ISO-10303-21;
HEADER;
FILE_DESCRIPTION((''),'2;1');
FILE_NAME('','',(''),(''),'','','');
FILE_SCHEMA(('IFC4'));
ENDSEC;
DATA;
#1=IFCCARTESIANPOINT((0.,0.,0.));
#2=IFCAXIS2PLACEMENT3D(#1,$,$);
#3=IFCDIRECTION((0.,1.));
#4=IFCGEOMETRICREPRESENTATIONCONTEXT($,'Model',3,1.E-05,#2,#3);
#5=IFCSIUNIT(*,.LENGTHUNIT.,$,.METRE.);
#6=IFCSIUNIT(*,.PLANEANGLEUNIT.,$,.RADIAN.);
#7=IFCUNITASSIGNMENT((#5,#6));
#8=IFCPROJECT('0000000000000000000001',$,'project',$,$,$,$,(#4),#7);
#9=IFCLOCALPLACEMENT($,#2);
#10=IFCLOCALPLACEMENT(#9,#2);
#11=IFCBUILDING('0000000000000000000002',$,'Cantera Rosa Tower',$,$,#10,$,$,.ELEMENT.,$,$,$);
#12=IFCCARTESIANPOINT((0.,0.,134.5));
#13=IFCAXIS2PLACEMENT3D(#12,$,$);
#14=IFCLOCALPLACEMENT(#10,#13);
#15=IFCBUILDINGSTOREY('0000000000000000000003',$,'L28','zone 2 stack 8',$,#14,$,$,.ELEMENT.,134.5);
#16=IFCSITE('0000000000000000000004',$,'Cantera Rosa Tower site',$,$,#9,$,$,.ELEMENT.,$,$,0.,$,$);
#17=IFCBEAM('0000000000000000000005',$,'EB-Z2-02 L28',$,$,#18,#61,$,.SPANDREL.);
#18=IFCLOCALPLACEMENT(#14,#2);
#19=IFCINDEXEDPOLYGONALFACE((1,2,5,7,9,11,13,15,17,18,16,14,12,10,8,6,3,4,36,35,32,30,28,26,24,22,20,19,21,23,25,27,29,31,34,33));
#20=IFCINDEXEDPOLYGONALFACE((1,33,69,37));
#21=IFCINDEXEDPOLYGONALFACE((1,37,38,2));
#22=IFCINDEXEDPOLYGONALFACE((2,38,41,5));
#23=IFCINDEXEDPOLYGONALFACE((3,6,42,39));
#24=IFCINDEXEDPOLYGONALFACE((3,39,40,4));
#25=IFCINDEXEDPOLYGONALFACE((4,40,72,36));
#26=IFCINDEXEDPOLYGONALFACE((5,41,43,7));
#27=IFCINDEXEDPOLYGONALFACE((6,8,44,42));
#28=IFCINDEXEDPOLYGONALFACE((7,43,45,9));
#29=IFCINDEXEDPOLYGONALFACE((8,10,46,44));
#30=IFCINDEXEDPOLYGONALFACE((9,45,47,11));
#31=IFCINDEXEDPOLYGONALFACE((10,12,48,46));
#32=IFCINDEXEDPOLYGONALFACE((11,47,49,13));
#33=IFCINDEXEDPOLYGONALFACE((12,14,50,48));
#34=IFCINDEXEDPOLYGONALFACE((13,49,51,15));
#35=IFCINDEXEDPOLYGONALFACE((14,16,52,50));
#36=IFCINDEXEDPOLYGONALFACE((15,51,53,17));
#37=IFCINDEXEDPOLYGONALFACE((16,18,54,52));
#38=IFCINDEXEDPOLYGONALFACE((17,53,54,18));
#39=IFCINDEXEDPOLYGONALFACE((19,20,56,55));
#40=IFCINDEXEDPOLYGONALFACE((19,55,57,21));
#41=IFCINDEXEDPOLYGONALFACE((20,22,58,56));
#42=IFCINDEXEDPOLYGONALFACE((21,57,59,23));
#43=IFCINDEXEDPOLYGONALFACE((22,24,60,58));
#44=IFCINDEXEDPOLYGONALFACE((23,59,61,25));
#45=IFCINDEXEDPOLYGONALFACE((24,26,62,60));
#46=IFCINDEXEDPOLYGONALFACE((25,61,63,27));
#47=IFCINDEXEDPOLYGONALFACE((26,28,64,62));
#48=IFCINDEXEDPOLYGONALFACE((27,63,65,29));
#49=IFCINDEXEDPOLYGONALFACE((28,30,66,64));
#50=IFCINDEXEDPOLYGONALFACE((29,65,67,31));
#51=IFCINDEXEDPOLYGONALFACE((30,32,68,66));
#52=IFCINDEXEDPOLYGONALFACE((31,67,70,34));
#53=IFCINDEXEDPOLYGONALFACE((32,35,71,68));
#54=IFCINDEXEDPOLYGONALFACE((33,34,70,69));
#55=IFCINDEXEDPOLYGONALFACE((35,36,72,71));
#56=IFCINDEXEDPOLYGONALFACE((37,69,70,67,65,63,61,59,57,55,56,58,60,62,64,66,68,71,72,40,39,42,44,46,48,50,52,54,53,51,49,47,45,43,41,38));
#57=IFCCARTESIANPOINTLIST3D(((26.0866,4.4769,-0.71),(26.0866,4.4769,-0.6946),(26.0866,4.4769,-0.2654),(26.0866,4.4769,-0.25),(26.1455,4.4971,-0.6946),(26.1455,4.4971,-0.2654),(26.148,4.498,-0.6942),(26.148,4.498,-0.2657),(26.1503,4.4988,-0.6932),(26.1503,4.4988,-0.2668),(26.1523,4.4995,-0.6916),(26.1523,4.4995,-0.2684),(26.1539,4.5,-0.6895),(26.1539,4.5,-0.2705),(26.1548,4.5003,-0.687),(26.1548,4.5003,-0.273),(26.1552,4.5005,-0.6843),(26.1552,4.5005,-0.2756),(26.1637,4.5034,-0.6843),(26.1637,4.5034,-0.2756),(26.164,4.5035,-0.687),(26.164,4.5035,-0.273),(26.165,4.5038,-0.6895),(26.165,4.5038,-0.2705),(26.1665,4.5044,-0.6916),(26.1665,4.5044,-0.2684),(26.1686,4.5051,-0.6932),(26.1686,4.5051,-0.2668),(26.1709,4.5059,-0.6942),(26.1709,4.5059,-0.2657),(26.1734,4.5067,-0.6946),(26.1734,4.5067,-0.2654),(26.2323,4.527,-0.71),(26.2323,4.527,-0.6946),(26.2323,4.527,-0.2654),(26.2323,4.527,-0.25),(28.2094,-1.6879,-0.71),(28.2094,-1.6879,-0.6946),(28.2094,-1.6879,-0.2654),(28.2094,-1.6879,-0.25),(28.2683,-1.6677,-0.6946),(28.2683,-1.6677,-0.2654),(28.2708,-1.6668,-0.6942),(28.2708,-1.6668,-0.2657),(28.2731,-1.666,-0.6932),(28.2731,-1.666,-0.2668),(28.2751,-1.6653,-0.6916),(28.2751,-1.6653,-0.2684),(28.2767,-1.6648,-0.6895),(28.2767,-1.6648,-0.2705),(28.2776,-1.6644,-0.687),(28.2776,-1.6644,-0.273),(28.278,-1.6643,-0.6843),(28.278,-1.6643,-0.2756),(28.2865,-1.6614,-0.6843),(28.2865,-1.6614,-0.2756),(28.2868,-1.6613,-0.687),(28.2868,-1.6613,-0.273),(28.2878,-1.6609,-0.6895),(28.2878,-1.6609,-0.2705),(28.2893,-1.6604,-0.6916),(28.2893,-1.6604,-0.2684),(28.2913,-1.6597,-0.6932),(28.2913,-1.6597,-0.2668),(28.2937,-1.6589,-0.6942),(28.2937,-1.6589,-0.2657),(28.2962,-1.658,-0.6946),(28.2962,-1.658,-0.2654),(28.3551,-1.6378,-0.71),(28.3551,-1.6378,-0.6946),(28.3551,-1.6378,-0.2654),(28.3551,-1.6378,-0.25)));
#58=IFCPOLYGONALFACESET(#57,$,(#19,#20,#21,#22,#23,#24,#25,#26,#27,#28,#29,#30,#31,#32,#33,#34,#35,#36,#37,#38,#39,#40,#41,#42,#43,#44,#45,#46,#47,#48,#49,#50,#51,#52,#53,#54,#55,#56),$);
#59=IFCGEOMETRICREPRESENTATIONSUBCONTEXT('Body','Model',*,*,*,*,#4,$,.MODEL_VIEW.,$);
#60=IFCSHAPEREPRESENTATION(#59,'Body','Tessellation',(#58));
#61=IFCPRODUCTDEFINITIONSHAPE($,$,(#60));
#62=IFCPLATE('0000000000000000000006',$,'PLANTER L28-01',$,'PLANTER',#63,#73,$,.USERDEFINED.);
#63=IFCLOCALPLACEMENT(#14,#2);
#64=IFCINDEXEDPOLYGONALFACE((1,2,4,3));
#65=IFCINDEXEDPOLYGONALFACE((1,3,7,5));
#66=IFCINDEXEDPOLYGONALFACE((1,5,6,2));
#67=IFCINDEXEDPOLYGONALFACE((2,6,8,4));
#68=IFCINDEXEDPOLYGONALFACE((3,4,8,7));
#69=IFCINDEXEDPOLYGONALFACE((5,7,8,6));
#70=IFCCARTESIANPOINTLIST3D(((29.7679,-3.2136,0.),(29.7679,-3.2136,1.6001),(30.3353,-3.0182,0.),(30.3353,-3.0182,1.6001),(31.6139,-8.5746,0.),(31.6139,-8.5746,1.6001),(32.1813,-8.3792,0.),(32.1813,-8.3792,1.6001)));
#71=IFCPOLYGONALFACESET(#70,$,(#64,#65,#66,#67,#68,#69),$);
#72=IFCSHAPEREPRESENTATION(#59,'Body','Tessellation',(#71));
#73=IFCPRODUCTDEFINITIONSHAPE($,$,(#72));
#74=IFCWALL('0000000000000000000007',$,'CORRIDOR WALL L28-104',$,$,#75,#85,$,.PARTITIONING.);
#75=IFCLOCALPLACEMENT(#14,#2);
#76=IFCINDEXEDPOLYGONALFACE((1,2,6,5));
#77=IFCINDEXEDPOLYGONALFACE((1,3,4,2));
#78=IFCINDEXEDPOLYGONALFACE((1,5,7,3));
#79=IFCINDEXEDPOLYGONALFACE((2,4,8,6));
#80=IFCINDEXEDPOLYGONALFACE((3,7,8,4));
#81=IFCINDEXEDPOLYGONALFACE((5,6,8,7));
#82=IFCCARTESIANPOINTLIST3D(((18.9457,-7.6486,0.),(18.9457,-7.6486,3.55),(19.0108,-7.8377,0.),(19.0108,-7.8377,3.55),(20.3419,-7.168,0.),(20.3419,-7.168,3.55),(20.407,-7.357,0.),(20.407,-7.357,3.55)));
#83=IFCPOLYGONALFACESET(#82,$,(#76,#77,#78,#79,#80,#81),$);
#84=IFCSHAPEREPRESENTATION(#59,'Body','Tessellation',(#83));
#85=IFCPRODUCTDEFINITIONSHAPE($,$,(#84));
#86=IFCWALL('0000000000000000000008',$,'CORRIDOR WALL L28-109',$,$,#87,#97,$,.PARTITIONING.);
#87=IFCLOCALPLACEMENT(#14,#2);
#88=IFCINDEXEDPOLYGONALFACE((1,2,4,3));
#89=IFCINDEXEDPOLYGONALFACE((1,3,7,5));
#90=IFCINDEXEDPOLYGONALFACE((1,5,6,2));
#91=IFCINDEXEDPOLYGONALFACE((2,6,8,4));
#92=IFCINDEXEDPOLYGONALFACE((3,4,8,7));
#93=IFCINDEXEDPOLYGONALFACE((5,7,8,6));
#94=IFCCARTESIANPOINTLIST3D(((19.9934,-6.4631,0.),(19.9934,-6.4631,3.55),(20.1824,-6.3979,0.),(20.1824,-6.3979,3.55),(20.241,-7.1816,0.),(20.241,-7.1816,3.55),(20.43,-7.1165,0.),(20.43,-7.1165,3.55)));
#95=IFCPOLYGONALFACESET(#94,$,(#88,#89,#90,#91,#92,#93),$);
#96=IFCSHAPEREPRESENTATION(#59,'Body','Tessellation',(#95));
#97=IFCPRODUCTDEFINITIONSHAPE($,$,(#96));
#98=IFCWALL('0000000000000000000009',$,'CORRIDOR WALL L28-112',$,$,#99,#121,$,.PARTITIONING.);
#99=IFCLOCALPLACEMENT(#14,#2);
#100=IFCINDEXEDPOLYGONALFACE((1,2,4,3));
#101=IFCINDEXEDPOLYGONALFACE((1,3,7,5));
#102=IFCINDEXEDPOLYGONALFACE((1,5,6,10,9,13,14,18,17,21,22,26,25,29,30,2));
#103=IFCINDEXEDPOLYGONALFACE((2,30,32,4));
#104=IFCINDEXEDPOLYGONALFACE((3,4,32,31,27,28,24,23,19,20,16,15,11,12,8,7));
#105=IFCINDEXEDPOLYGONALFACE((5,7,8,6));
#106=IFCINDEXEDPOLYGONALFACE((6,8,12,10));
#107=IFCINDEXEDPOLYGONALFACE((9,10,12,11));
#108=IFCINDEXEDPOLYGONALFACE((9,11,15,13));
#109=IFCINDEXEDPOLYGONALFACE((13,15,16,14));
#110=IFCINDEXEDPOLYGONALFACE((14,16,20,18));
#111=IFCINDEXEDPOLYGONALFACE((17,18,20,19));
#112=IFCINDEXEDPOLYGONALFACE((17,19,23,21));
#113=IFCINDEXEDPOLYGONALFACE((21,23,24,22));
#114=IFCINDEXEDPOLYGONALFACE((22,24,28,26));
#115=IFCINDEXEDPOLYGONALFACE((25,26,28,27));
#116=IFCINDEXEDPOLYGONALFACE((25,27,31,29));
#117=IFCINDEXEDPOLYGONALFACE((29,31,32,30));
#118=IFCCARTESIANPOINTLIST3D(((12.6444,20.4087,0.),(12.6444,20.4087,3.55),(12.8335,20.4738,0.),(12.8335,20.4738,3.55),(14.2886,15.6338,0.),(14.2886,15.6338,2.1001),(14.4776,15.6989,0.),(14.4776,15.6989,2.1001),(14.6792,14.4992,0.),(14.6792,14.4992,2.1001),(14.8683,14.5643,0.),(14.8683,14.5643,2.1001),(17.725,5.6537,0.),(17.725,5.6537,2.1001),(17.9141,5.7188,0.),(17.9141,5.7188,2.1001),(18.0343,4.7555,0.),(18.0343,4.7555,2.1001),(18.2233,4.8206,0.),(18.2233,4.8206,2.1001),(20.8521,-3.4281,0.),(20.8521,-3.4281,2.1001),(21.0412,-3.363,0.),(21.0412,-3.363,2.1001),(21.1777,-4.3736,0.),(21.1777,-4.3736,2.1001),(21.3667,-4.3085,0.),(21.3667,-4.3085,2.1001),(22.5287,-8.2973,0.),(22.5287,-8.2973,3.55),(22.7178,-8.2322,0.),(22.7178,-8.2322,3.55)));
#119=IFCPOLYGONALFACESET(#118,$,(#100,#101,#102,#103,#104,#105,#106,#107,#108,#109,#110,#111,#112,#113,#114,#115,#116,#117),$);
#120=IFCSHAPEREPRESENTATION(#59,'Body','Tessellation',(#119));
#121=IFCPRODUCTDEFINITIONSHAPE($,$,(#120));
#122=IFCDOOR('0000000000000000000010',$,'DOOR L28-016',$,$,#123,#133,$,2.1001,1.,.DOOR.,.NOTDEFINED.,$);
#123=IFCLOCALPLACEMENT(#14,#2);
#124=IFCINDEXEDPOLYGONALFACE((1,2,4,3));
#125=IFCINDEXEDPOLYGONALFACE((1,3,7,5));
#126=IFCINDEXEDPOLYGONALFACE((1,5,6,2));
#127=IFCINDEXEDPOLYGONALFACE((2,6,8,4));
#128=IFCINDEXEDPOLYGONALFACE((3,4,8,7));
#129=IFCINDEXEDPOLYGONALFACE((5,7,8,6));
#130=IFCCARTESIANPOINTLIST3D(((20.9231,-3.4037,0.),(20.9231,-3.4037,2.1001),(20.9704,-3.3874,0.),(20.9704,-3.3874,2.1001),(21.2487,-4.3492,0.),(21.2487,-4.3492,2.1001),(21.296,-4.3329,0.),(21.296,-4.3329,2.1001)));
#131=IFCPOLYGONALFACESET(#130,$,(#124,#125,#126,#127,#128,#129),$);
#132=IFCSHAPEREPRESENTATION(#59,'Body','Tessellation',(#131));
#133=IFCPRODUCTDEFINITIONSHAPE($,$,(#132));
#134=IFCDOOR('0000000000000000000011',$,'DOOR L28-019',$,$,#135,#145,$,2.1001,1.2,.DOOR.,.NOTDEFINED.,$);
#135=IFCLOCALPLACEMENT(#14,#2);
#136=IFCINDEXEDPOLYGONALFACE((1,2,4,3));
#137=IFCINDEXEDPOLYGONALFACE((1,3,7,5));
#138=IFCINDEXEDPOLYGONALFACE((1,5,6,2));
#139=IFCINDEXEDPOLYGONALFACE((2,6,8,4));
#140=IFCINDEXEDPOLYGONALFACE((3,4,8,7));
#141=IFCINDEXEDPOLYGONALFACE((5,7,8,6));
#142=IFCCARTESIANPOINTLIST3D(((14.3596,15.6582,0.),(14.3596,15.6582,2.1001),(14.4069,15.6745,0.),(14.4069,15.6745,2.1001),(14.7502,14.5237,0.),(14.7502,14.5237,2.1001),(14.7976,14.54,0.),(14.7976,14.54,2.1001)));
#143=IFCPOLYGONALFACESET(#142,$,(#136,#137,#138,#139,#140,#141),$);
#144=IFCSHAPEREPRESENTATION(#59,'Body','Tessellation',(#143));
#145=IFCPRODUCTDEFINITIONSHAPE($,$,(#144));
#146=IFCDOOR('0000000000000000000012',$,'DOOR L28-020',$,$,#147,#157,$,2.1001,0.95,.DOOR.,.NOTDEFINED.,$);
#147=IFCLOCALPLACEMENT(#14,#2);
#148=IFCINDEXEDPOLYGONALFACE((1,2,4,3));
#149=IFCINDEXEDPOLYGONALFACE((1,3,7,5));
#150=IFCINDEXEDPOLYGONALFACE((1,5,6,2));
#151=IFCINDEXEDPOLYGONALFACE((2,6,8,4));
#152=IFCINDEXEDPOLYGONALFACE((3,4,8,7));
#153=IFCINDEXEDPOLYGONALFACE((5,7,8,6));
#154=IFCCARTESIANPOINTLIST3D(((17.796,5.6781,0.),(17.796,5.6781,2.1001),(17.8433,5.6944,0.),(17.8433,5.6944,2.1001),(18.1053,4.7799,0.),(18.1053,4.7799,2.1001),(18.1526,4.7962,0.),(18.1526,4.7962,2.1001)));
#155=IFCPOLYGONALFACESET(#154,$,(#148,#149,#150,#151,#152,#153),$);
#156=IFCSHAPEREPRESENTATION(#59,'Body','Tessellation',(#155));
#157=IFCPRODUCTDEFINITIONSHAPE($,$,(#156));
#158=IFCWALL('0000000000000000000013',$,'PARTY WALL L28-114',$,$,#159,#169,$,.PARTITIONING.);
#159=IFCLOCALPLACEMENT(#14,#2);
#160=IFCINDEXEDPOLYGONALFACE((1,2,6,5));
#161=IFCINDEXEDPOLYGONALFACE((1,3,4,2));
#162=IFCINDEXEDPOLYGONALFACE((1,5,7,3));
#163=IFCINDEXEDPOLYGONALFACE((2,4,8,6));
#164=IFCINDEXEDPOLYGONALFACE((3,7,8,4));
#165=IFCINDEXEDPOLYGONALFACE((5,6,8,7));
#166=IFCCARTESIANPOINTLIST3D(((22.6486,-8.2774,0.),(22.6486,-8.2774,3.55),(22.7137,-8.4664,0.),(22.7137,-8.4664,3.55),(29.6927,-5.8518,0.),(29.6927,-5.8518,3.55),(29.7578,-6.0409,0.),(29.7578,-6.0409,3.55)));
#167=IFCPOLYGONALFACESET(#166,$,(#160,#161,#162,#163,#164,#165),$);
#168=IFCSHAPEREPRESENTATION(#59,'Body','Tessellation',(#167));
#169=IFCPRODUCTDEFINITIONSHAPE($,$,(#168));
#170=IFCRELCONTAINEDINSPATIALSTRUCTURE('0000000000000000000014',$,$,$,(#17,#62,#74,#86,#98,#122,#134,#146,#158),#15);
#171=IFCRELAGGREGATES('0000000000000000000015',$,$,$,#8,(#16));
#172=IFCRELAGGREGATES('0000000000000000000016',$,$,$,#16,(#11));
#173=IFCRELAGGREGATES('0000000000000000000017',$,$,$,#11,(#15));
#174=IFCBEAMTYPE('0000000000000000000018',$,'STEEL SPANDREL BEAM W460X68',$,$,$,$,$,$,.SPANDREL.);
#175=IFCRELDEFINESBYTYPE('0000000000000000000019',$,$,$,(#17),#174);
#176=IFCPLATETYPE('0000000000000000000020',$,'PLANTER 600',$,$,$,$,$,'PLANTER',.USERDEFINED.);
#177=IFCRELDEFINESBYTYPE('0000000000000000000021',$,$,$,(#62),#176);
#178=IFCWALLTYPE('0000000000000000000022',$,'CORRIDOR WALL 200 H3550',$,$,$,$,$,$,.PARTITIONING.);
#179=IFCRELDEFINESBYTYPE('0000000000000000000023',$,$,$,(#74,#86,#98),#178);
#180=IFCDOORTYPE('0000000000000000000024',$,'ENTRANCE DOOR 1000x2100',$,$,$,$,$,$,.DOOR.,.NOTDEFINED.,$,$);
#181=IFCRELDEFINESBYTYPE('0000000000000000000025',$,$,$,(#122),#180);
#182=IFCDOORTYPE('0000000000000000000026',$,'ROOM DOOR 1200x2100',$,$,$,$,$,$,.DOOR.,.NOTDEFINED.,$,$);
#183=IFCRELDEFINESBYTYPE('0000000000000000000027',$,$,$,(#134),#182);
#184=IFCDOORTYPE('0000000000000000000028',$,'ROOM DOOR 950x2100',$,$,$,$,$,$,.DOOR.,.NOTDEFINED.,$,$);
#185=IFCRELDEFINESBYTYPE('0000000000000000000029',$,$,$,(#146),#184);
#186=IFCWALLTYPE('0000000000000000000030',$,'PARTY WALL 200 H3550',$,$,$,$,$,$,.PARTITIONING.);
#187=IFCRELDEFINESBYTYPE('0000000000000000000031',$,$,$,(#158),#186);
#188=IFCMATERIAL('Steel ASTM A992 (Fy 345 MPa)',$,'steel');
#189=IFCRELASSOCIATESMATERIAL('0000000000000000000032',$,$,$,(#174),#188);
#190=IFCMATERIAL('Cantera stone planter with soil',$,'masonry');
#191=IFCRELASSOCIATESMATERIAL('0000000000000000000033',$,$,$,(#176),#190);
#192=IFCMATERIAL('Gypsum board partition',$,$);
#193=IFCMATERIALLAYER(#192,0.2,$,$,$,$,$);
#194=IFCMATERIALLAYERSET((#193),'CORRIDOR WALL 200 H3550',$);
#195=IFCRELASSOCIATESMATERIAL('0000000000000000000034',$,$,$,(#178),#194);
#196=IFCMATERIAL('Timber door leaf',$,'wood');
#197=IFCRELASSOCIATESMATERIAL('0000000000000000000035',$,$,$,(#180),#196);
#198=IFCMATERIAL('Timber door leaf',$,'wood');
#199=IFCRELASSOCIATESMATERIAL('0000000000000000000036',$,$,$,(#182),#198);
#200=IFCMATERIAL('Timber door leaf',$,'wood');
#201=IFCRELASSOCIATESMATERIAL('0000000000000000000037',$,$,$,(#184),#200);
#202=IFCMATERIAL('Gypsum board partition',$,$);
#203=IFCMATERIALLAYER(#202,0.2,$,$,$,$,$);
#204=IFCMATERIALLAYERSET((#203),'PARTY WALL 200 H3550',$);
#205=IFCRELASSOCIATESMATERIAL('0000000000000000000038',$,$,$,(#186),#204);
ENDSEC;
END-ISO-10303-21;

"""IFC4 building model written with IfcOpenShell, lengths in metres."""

from ifc_helpers import new_model, si_unit, direction, frame, frame_2d, origin, origin_2d, place, context, subcontext, project, spatial, rectangle, i_section, extrude, material, layer, layer_set, material_profile, profile_set, type_object, element, fill, save


model = new_model("IFC4")

# Units and contexts
model_context = context("Model", 3, precision=1e-05, world=origin(), true_north=direction((0.0, 1.0)))
body_context = subcontext(model_context, "Body", "Model", "MODEL_VIEW")
ifc_project = project(units=[si_unit("LENGTHUNIT", "METRE"), si_unit("PLANEANGLEUNIT", "RADIAN")], contexts=[model_context])

# Site, building, storey
site_placement = place(None, origin())
site = spatial("IfcSite", under=ifc_project, at=site_placement, Name="Cantera Rosa Tower site", CompositionType="ELEMENT", RefElevation=0.0)
building_placement = place(site_placement, origin())
building = spatial("IfcBuilding", under=site, at=building_placement, Name="Cantera Rosa Tower", CompositionType="ELEMENT")
storey_placement = place(building_placement, frame((0.0, 0.0, 134.5)))
storey = spatial("IfcBuildingStorey", under=building, at=storey_placement, Name="L28", Description="zone 2 stack 8", CompositionType="ELEMENT", Elevation=134.5)

# Beam
ifc_material_1 = material(Name="Steel ASTM A992 (Fy 345 MPa)", Category="steel")
ifc_material_profile_1 = material_profile(ifc_material_1, i_section(OverallWidth=0.1541, OverallDepth=0.46, WebThickness=0.009, FlangeThickness=0.0154, FilletRadius=0.0103, at=origin_2d()), Name="W460X68")
ifc_profile_set_1 = profile_set([ifc_material_profile_1], Name="Steel ASTM A992 (Fy 345 MPa)")
beam_type_1 = type_object("IfcBeamType", Name="STEEL SPANDREL BEAM W460X68", PredefinedType="SPANDREL", material=ifc_profile_set_1)
beam_1_placement = place(storey_placement, frame((28.2822, -1.6628, -0.48), z_axis=(-0.325581, 0.945514, 0.0), x_axis=(-0.945514, -0.325581, 0.0)))
element("IfcBeam", 1, at=beam_1_placement, inside=storey, type_object=beam_type_1, Name="EB-Z2-02 L28", PredefinedType="SPANDREL", context=body_context, shape_type="SweptSolid", body=[
    extrude(i_section(OverallWidth=0.1541, OverallDepth=0.46, WebThickness=0.009, FlangeThickness=0.0154, FilletRadius=0.0103, at=origin_2d()), origin(), (0.0, 0.0, 1.0), 6.52),
])

# Plate
ifc_material_2 = material(Name="Cantera stone planter with soil", Category="masonry")
plate_type = type_object("IfcPlateType", Name="PLANTER 600", ElementType="PLANTER", PredefinedType="USERDEFINED", material=ifc_material_2)
plate_placement = place(storey_placement, frame((30.9746, -5.7964, 0.0), z_axis=(0.0, 0.0, 1.0), x_axis=(-0.325568, 0.945519, 0.0)))
element("IfcPlate", 2, at=plate_placement, inside=storey, type_object=plate_type, Name="PLANTER L28-01", ObjectType="PLANTER", PredefinedType="USERDEFINED", context=body_context, shape_type="SweptSolid", body=[
    extrude(rectangle(XDim=5.6699, YDim=0.6001, at=origin_2d()), origin(), (0.0, 0.0, 1.0), 1.6001),
])

# Walls
ifc_material_3 = material(Name="Gypsum board partition")
ifc_layer_1 = layer(ifc_material_3, 0.2)
ifc_layer_set_1 = layer_set([ifc_layer_1], Name="CORRIDOR WALL 200 H3550")
wall_type_1 = type_object("IfcWallType", Name="CORRIDOR WALL 200 H3550", PredefinedType="PARTITIONING", material=ifc_layer_set_1)
wall_1_placement = place(storey_placement, frame((18.9783, -7.7432, 0.0), z_axis=(0.0, 0.0, 1.0), x_axis=(0.945529, 0.325537, 0.0)))
element("IfcWall", 3, at=wall_1_placement, inside=storey, type_object=wall_type_1, Name="CORRIDOR WALL L28-104", PredefinedType="PARTITIONING", context=body_context, shape_type="SweptSolid", body=[
    extrude(rectangle(XDim=1.4766, YDim=0.2, at=frame_2d((0.7383, 0.0))), origin(), (0.0, 0.0, 1.0), 3.55),
])
wall_2_placement = place(storey_placement, frame((20.3354, -7.1489, 0.0), z_axis=(0.0, 0.0, 1.0), x_axis=(-0.325753, 0.945455, 0.0)))
element("IfcWall", 4, at=wall_2_placement, inside=storey, type_object=wall_type_1, Name="CORRIDOR WALL L28-109", PredefinedType="PARTITIONING", context=body_context, shape_type="SweptSolid", body=[
    extrude(rectangle(XDim=0.76, YDim=0.2, at=frame_2d((0.3799, 0.0))), origin(), (0.0, 0.0, 1.0), 3.55),
])

# Wall, openings, doors
wall_3_placement = place(storey_placement, frame((22.6233, -8.2649, 0.0), z_axis=(0.0, 0.0, 1.0), x_axis=(-0.325568, 0.945519, 0.0)))
wall_3 = element("IfcWall", 5, at=wall_3_placement, inside=storey, type_object=wall_type_1, Name="CORRIDOR WALL L28-112", PredefinedType="PARTITIONING", context=body_context, shape_type="SweptSolid", body=[
    extrude(rectangle(XDim=30.3601, YDim=0.2, at=frame_2d((15.1802, 0.0))), origin(), (0.0, 0.0, 1.0), 3.55),
])
opening_1_placement = place(wall_3_placement, frame((4.1499, 0.0, 0.0)))
opening_1 = element("IfcOpeningElement", 6, at=opening_1_placement, cuts=wall_3, PredefinedType="OPENING", context=body_context, shape_type="SweptSolid", body=[
    extrude(rectangle(XDim=1.0, YDim=2.1001, at=frame_2d((0.5, 1.05))), frame((0.0, 0.1099, 0.0), z_axis=(0.0, -1.0, 0.0), x_axis=(1.0, 0.0, 0.0)), (0.0, 0.0, 1.0), 0.22),
])
opening_2_placement = place(wall_3_placement, frame((24.1101, 0.0, 0.0)))
opening_2 = element("IfcOpeningElement", 7, at=opening_2_placement, cuts=wall_3, PredefinedType="OPENING", context=body_context, shape_type="SweptSolid", body=[
    extrude(rectangle(XDim=1.2, YDim=2.1001, at=frame_2d((0.6001, 1.05))), frame((0.0, 0.1099, 0.0), z_axis=(0.0, -1.0, 0.0), x_axis=(1.0, 0.0, 0.0)), (0.0, 0.0, 1.0), 0.22),
])
opening_3_placement = place(wall_3_placement, frame((13.8049, 0.0, 0.0)))
opening_3 = element("IfcOpeningElement", 8, at=opening_3_placement, cuts=wall_3, PredefinedType="OPENING", context=body_context, shape_type="SweptSolid", body=[
    extrude(rectangle(XDim=0.95, YDim=2.1001, at=frame_2d((0.4751, 1.05))), frame((0.0, 0.1099, 0.0), z_axis=(0.0, -1.0, 0.0), x_axis=(1.0, 0.0, 0.0)), (0.0, 0.0, 1.0), 0.22),
])
ifc_material_4 = material(Name="Timber door leaf", Category="wood")
door_type_1 = type_object("IfcDoorType", Name="ENTRANCE DOOR 1000x2100", OperationType="NOTDEFINED", PredefinedType="DOOR", material=ifc_material_4)
door_1_placement = place(opening_1_placement, origin())
door_1 = element("IfcDoor", 9, at=door_1_placement, inside=storey, type_object=door_type_1, Name="DOOR L28-016", OperationType="NOTDEFINED", OverallHeight=2.1001, OverallWidth=1.0, PredefinedType="DOOR", context=body_context, shape_type="SweptSolid", body=[
    extrude(rectangle(XDim=1.0, YDim=2.1001, at=frame_2d((0.5, 1.05))), frame((0.0, 0.0249, 0.0), z_axis=(0.0, -1.0, 0.0), x_axis=(1.0, 0.0, 0.0)), (0.0, 0.0, 1.0), 0.05),
])
fill(opening_1, door_1)
ifc_material_5 = material(Name="Timber door leaf", Category="wood")
door_type_2 = type_object("IfcDoorType", Name="ROOM DOOR 1200x2100", OperationType="NOTDEFINED", PredefinedType="DOOR", material=ifc_material_5)
door_2_placement = place(opening_2_placement, origin())
door_2 = element("IfcDoor", 10, at=door_2_placement, inside=storey, type_object=door_type_2, Name="DOOR L28-019", OperationType="NOTDEFINED", OverallHeight=2.1001, OverallWidth=1.2, PredefinedType="DOOR", context=body_context, shape_type="SweptSolid", body=[
    extrude(rectangle(XDim=1.2, YDim=2.1001, at=frame_2d((0.6001, 1.05))), frame((0.0, 0.0249, 0.0), z_axis=(0.0, -1.0, 0.0), x_axis=(1.0, 0.0, 0.0)), (0.0, 0.0, 1.0), 0.05),
])
fill(opening_2, door_2)
ifc_material_6 = material(Name="Timber door leaf", Category="wood")
door_type_3 = type_object("IfcDoorType", Name="ROOM DOOR 950x2100", OperationType="NOTDEFINED", PredefinedType="DOOR", material=ifc_material_6)
door_3_placement = place(opening_3_placement, origin())
door_3 = element("IfcDoor", 11, at=door_3_placement, inside=storey, type_object=door_type_3, Name="DOOR L28-020", OperationType="NOTDEFINED", OverallHeight=2.1001, OverallWidth=0.95, PredefinedType="DOOR", context=body_context, shape_type="SweptSolid", body=[
    extrude(rectangle(XDim=0.95, YDim=2.1001, at=frame_2d((0.4751, 1.05))), frame((0.0, 0.0249, 0.0), z_axis=(0.0, -1.0, 0.0), x_axis=(1.0, 0.0, 0.0)), (0.0, 0.0, 1.0), 0.05),
])
fill(opening_3, door_3)

# Wall
ifc_material_7 = material(Name="Gypsum board partition")
ifc_layer_2 = layer(ifc_material_7, 0.2)
ifc_layer_set_2 = layer_set([ifc_layer_2], Name="PARTY WALL 200 H3550")
wall_type_2 = type_object("IfcWallType", Name="PARTY WALL 200 H3550", PredefinedType="PARTITIONING", material=ifc_layer_set_2)
wall_4_placement = place(storey_placement, frame((29.7253, -5.9463, 0.0), z_axis=(0.0, 0.0, 1.0), x_axis=(-0.945514, -0.325582, 0.0)))
element("IfcWall", 12, at=wall_4_placement, inside=storey, type_object=wall_type_2, Name="PARTY WALL L28-114", PredefinedType="PARTITIONING", context=body_context, shape_type="SweptSolid", body=[
    extrude(rectangle(XDim=7.45, YDim=0.2, at=frame_2d((3.7251, 0.0))), origin(), (0.0, 0.0, 1.0), 3.55),
])

save(model, "model.ifc")
